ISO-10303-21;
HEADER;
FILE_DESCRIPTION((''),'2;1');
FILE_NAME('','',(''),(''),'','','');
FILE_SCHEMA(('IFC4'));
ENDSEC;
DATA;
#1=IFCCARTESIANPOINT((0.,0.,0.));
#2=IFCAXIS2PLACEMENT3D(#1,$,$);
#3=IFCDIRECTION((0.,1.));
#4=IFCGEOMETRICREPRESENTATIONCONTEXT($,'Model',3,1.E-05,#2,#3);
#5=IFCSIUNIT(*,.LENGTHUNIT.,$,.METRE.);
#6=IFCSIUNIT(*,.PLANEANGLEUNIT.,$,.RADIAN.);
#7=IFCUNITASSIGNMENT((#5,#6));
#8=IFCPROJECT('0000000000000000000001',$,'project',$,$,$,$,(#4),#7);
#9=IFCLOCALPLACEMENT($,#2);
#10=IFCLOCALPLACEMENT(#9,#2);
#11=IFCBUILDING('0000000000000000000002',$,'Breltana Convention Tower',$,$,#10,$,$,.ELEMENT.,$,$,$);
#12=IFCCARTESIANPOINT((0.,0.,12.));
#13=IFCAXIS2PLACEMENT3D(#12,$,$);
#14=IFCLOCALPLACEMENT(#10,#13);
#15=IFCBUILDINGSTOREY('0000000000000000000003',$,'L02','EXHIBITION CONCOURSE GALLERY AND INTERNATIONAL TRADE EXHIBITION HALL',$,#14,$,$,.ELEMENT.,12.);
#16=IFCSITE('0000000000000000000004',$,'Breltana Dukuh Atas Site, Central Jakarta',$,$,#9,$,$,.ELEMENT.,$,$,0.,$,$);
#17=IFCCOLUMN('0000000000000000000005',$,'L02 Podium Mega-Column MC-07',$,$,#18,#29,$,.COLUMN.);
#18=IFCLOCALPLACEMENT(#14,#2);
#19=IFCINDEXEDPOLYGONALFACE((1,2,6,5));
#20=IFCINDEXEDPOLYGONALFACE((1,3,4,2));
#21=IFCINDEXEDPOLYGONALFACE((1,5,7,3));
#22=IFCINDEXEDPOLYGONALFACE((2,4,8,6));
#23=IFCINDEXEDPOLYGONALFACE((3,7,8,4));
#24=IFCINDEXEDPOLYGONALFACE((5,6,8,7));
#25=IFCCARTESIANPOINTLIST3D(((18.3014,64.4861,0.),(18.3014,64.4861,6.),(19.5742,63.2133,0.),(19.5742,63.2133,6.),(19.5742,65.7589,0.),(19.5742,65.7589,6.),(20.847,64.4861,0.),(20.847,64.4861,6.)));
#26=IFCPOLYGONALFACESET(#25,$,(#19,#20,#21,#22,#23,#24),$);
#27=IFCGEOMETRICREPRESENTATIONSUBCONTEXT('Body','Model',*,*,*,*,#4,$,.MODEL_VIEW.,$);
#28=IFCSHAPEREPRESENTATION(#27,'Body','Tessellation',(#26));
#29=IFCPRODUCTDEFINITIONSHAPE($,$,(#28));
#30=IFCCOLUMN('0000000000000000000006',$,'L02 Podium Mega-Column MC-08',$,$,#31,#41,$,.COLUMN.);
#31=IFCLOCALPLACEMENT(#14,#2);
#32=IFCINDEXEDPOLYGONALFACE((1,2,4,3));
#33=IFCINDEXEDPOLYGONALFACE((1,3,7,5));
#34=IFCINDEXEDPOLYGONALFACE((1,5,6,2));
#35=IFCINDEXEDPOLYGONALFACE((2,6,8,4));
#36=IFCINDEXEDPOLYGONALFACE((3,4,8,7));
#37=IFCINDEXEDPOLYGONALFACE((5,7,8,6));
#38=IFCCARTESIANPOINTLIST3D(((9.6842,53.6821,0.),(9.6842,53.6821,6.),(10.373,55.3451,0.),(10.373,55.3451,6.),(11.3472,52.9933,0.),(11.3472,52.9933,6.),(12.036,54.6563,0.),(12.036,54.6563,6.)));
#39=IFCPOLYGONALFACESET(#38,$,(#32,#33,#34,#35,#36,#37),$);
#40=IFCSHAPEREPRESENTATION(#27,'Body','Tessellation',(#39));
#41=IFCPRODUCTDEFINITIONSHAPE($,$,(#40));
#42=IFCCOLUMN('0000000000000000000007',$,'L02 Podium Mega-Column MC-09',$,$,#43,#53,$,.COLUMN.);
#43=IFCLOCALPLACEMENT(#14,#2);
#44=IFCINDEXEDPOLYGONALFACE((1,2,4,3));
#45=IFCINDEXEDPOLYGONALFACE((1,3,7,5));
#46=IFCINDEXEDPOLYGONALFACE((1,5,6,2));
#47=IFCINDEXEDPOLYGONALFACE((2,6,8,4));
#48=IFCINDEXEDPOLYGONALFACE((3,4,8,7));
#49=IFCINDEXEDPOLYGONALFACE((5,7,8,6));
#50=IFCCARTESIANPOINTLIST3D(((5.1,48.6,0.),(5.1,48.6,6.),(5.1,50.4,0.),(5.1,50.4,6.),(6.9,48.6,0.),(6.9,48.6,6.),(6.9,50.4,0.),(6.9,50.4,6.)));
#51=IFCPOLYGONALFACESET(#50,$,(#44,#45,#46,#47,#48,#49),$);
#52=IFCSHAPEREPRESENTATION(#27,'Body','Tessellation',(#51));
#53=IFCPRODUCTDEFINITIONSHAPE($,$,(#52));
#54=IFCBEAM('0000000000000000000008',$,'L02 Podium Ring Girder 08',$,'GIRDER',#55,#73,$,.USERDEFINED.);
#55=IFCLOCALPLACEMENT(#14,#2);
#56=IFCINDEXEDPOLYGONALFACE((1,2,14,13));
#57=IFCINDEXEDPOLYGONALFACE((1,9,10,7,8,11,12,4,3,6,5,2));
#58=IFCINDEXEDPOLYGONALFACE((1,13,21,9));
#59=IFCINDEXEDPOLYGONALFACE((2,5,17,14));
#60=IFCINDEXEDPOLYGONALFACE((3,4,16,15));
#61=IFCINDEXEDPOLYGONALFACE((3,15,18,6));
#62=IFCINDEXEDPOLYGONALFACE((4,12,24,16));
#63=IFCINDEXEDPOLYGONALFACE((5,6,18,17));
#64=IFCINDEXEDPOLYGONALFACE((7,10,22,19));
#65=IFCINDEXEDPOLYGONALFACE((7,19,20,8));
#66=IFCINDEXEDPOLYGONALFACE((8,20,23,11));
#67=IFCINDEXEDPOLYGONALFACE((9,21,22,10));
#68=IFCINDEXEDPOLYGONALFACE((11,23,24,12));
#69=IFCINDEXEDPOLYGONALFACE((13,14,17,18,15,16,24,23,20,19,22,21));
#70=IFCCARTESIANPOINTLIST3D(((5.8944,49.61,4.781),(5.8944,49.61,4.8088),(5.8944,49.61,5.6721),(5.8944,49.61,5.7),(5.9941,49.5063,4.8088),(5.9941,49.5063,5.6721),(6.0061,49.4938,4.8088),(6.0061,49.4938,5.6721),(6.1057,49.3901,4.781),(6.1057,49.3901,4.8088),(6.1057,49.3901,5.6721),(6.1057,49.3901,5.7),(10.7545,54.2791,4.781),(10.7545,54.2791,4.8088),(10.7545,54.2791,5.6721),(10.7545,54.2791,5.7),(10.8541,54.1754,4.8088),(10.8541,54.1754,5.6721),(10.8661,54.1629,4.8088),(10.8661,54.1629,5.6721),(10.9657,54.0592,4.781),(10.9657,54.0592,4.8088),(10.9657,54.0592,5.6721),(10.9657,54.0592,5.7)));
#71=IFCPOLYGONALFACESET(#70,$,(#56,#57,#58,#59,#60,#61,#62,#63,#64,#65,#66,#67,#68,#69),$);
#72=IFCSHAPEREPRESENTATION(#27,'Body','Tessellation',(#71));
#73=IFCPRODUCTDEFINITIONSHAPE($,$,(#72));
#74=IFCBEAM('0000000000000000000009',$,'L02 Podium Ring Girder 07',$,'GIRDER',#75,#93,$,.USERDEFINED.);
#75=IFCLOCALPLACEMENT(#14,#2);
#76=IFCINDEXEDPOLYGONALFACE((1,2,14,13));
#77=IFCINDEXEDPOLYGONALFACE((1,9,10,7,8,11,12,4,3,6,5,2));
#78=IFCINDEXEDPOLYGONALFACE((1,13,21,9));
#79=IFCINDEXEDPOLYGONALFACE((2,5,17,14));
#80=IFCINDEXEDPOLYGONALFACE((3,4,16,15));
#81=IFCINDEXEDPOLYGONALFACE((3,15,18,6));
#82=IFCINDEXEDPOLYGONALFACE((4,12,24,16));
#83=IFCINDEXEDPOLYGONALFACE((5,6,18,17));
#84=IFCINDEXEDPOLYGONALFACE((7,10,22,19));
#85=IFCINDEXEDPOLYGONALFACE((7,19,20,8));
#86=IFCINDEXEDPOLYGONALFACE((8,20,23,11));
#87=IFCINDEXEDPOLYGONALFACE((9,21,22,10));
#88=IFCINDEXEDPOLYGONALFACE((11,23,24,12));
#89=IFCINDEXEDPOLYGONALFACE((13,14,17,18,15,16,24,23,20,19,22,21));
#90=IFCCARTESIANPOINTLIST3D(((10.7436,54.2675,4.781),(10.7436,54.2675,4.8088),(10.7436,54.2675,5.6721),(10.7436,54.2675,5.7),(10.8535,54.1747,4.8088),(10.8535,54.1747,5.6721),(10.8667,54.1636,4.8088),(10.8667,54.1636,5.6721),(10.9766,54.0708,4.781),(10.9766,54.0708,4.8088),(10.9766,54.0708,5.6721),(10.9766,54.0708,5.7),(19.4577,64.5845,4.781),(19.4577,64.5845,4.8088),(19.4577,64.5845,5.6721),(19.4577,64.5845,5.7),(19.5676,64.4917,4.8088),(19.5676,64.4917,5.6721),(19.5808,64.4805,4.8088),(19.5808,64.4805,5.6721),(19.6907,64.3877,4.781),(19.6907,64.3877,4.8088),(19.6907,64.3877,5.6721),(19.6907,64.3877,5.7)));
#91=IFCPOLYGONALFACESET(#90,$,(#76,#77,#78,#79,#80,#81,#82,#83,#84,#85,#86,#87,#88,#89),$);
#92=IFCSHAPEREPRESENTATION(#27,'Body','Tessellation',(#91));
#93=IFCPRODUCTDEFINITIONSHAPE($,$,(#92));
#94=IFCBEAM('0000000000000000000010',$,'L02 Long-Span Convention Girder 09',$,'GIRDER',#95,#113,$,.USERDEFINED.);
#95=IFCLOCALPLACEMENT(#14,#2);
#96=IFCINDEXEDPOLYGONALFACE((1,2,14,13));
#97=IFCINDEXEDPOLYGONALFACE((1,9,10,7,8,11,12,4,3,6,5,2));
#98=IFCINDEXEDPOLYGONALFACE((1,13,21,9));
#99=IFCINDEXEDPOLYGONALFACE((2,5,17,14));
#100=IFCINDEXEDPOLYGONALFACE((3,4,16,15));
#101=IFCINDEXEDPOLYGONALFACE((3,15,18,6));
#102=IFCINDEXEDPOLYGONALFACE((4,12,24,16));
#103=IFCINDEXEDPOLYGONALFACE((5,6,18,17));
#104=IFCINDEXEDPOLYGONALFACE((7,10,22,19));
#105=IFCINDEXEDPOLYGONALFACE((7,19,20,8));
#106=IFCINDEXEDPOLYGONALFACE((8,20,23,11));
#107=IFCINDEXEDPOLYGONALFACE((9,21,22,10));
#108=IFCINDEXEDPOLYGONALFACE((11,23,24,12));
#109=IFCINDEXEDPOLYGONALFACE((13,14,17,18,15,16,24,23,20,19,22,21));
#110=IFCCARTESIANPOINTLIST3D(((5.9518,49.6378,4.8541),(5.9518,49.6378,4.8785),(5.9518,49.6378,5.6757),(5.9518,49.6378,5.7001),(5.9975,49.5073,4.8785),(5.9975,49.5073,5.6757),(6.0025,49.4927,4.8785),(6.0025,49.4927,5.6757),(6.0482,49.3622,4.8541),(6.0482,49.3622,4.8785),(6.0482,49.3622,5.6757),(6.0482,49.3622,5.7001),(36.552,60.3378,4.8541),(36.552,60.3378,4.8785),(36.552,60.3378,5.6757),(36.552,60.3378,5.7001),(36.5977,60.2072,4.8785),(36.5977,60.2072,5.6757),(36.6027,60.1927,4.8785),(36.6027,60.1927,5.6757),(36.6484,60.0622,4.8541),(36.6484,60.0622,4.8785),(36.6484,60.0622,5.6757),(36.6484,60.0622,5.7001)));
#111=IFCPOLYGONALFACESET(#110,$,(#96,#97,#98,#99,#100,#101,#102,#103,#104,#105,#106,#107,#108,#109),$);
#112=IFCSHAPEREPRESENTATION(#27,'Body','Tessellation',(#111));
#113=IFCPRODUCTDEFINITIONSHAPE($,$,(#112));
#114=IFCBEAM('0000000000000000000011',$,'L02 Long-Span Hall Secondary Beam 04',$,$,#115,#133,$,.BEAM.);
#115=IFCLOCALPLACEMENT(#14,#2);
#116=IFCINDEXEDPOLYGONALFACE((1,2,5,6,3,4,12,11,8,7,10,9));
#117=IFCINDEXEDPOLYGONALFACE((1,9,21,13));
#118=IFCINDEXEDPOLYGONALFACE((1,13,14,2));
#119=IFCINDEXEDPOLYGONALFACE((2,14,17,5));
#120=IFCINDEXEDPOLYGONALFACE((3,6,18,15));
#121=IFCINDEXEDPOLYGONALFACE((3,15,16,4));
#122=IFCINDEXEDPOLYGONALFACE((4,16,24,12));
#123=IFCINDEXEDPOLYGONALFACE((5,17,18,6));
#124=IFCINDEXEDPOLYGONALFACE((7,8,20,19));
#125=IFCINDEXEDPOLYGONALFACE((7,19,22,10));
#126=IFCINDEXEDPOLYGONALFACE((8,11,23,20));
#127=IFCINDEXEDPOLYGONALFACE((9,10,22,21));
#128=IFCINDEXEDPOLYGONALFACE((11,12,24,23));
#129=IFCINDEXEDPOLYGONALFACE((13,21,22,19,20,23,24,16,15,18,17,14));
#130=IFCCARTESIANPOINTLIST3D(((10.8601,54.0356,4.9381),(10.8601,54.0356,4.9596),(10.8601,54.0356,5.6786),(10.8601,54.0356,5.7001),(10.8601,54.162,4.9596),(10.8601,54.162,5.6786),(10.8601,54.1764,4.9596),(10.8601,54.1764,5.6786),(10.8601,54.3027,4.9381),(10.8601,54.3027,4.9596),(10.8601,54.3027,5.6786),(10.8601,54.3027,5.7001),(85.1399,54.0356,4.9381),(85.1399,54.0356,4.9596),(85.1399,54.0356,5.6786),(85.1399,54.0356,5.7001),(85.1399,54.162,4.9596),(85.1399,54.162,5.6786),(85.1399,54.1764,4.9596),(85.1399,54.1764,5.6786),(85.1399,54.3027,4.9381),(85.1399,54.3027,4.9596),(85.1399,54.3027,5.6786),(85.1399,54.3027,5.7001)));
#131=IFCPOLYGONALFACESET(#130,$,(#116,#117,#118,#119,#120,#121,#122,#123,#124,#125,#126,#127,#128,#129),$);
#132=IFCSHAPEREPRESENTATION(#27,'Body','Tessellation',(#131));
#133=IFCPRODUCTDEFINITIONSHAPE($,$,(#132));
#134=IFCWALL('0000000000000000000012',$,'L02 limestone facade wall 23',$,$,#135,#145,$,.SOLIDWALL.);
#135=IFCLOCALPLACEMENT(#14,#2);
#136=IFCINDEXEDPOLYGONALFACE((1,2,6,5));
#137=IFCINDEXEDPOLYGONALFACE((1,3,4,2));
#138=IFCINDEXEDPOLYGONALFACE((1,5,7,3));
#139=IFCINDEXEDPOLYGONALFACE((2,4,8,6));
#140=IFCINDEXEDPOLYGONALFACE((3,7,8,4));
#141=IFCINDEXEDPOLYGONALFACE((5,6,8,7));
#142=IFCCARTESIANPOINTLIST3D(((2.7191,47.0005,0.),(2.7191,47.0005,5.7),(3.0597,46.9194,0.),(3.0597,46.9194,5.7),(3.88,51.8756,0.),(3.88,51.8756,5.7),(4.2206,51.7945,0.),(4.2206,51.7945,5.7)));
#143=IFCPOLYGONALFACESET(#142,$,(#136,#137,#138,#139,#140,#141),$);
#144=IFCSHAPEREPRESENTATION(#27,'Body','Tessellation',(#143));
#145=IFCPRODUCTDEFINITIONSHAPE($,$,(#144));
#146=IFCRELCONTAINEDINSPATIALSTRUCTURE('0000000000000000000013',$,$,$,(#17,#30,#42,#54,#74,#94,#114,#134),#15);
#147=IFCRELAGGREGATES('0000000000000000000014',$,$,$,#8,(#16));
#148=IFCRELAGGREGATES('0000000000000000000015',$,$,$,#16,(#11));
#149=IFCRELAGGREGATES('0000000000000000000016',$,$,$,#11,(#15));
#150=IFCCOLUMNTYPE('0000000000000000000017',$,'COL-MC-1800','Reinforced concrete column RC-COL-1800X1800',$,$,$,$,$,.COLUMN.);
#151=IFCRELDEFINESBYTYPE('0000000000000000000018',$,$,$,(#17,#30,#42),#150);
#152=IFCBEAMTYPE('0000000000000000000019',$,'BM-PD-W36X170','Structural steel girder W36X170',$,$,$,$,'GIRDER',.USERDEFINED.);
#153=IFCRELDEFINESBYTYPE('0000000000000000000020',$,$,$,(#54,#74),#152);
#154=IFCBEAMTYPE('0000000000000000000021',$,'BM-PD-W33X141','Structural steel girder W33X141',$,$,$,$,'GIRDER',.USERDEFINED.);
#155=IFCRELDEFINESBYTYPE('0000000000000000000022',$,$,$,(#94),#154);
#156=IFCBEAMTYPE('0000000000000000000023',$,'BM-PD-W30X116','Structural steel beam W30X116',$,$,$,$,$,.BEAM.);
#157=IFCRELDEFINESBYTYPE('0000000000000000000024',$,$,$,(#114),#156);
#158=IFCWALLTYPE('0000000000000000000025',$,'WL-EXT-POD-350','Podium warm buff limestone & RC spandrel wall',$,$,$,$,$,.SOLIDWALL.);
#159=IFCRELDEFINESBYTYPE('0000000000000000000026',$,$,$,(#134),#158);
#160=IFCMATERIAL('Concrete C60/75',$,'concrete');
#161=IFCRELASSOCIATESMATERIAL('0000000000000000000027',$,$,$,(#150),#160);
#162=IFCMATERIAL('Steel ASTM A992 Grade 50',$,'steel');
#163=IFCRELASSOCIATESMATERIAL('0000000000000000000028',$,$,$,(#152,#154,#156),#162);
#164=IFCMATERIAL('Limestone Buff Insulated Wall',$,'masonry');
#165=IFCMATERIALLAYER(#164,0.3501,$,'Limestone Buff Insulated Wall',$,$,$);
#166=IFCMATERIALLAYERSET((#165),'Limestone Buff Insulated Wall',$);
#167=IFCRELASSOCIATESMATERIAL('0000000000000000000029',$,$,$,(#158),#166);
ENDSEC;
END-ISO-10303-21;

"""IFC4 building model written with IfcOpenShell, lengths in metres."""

from ifc_helpers import new_model, si_unit, direction, frame, frame_2d, origin, origin_2d, place, context, subcontext, project, spatial, rectangle, i_section, extrude, source, transform, mapped, material, layer, layer_set, material_profile, profile_set, type_object, type_shapes, element, save


model = new_model("IFC4")

# Units and contexts
model_context = context("Model", 3, precision=1e-05, world=origin(), true_north=direction((0.0, 1.0)))
body_context = subcontext(model_context, "Body", "Model", "MODEL_VIEW")
ifc_project = project(units=[si_unit("LENGTHUNIT", "METRE"), si_unit("PLANEANGLEUNIT", "RADIAN")], contexts=[model_context])

# Site, building, storey
site_placement = place(None, origin())
site = spatial("IfcSite", under=ifc_project, at=site_placement, Name="Breltana Dukuh Atas Site, Central Jakarta", CompositionType="ELEMENT", RefElevation=0.0)
building_placement = place(site_placement, origin())
building = spatial("IfcBuilding", under=site, at=building_placement, Name="Breltana Convention Tower", CompositionType="ELEMENT")
storey_placement = place(building_placement, frame((0.0, 0.0, 12.0)))
storey = spatial("IfcBuildingStorey", under=building, at=storey_placement, Name="L02", Description="EXHIBITION CONCOURSE GALLERY AND INTERNATIONAL TRADE EXHIBITION HALL", CompositionType="ELEMENT", Elevation=12.0)

# Columns
ifc_material_1 = material(Name="Concrete C60/75", Category="concrete")
ifc_material_profile_1 = material_profile(ifc_material_1, rectangle(XDim=1.8, YDim=1.8, at=origin_2d()), Name="RC-COL-1800X1800")
ifc_profile_set_1 = profile_set([ifc_material_profile_1], Name="Concrete C60/75")
column_type = type_object("IfcColumnType", Name="COL-MC-1800", Description="Reinforced concrete column RC-COL-1800X1800", PredefinedType="COLUMN", material=ifc_profile_set_1)
shared_shape_1 = source(origin(), body_context, "Body", "SweptSolid", [
    extrude(rectangle(XDim=1.8, YDim=1.8, at=origin_2d()), origin(), (0.0, 0.0, 1.0), 6.0),
])
type_shapes(column_type, [shared_shape_1])
for number, where, z_axis, x_axis, name in (
    (1, (19.5742, 64.4861, 0.0), (0.0, 0.0, 1.0), (-0.707107, 0.707107, 0.0), "L02 Podium Mega-Column MC-07"),
    (2, (10.8601, 54.1692, 0.0), (0.0, 0.0, 1.0), (-0.92388, 0.382683, 0.0), "L02 Podium Mega-Column MC-08"),
    (3, (6.0, 49.5, 0.0), (0.0, 0.0, 1.0), (-1.0, 0.0, 0.0), "L02 Podium Mega-Column MC-09"),
):
    element("IfcColumn", number, at=place(storey_placement, frame(where, z_axis=z_axis, x_axis=x_axis)), inside=storey, type_object=column_type, Name=name, PredefinedType="COLUMN", context=body_context, shape_type="MappedRepresentation", body=[
        mapped(shared_shape_1, transform((0.0, 0.0, 0.0), scale=1.0)),
    ])

# Beams
ifc_material_2 = material(Name="Steel ASTM A992 Grade 50", Category="steel")
ifc_material_profile_2 = material_profile(ifc_material_2, i_section(OverallWidth=0.3049, OverallDepth=0.9189, WebThickness=0.0173, FlangeThickness=0.0278, at=origin_2d()), Name="W36X170")
ifc_profile_set_2 = profile_set([ifc_material_profile_2], Name="Steel ASTM A992 Grade 50")
beam_type_1 = type_object("IfcBeamType", Name="BM-PD-W36X170", Description="Structural steel girder W36X170", ElementType="GIRDER", PredefinedType="USERDEFINED", material=ifc_profile_set_2)
shared_shape_2 = source(origin(), body_context, "Body", "SweptSolid", [
    extrude(i_section(OverallWidth=0.3049, OverallDepth=0.9189, WebThickness=0.0173, FlangeThickness=0.0278, at=origin_2d()), origin(), (0.0, 0.0, 1.0), 6.7395),
])
type_shapes(beam_type_1, [shared_shape_2])
beam_1_placement = place(storey_placement, frame((10.8601, 54.1692, 5.2405), z_axis=(-0.721129, -0.692801, 0.0), x_axis=(0.692801, -0.721129, 0.0)))
element("IfcBeam", 4, at=beam_1_placement, inside=storey, type_object=beam_type_1, Name="L02 Podium Ring Girder 08", ObjectType="GIRDER", PredefinedType="USERDEFINED", context=body_context, shape_type="MappedRepresentation", body=[
    mapped(shared_shape_2, transform((0.0, 0.0, 0.0), scale=1.0)),
])
shared_shape_3 = source(origin(), body_context, "Body", "SweptSolid", [
    extrude(i_section(OverallWidth=0.3049, OverallDepth=0.9189, WebThickness=0.0173, FlangeThickness=0.0278, at=origin_2d()), origin(), (0.0, 0.0, 1.0), 13.5046),
])
beam_2_placement = place(storey_placement, frame((19.5742, 64.4861, 5.2405), z_axis=(-0.64527, -0.763954, 0.0), x_axis=(0.763954, -0.64527, 0.0)))
element("IfcBeam", 5, at=beam_2_placement, inside=storey, type_object=beam_type_1, Name="L02 Podium Ring Girder 07", ObjectType="GIRDER", PredefinedType="USERDEFINED", context=body_context, shape_type="MappedRepresentation", body=[
    mapped(shared_shape_3, transform((0.0, 0.0, 0.0), scale=1.0)),
])
ifc_material_profile_3 = material_profile(ifc_material_2, i_section(OverallWidth=0.292, OverallDepth=0.8459, WebThickness=0.0154, FlangeThickness=0.0244, at=origin_2d()), Name="W33X141")
ifc_profile_set_3 = profile_set([ifc_material_profile_3], Name="Steel ASTM A992 Grade 50")
beam_type_2 = type_object("IfcBeamType", Name="BM-PD-W33X141", Description="Structural steel girder W33X141", ElementType="GIRDER", PredefinedType="USERDEFINED", material=ifc_profile_set_3)
shared_shape_4 = source(origin(), body_context, "Body", "SweptSolid", [
    extrude(i_section(OverallWidth=0.292, OverallDepth=0.8459, WebThickness=0.0154, FlangeThickness=0.0244, at=origin_2d()), origin(), (0.0, 0.0, 1.0), 32.417),
])
type_shapes(beam_type_2, [shared_shape_4])
beam_3_placement = place(storey_placement, frame((6.0, 49.5, 5.2771), z_axis=(0.943955, 0.330073, 0.0), x_axis=(-0.330073, 0.943955, 0.0)))
element("IfcBeam", 6, at=beam_3_placement, inside=storey, type_object=beam_type_2, Name="L02 Long-Span Convention Girder 09", ObjectType="GIRDER", PredefinedType="USERDEFINED", context=body_context, shape_type="MappedRepresentation", body=[
    mapped(shared_shape_4, transform((0.0, 0.0, 0.0), scale=1.0)),
])
ifc_material_profile_4 = material_profile(ifc_material_2, i_section(OverallWidth=0.2671, OverallDepth=0.762, WebThickness=0.0144, FlangeThickness=0.0215, at=origin_2d()), Name="W30X116")
ifc_profile_set_4 = profile_set([ifc_material_profile_4], Name="Steel ASTM A992 Grade 50")
beam_type_3 = type_object("IfcBeamType", Name="BM-PD-W30X116", Description="Structural steel beam W30X116", PredefinedType="BEAM", material=ifc_profile_set_4)
shared_shape_5 = source(origin(), body_context, "Body", "SweptSolid", [
    extrude(i_section(OverallWidth=0.2671, OverallDepth=0.762, WebThickness=0.0144, FlangeThickness=0.0215, at=origin_2d()), origin(), (0.0, 0.0, 1.0), 74.2798),
])
type_shapes(beam_type_3, [shared_shape_5])
beam_4_placement = place(storey_placement, frame((10.8601, 54.1692, 5.3191), z_axis=(1.0, 0.0, 0.0), x_axis=(0.0, 1.0, 0.0)))
element("IfcBeam", 7, at=beam_4_placement, inside=storey, type_object=beam_type_3, Name="L02 Long-Span Hall Secondary Beam 04", PredefinedType="BEAM", context=body_context, shape_type="MappedRepresentation", body=[
    mapped(shared_shape_5, transform((0.0, 0.0, 0.0), scale=1.0)),
])

# Wall
ifc_material_3 = material(Name="Limestone Buff Insulated Wall", Category="masonry")
ifc_layer_1 = layer(ifc_material_3, 0.3501, Name="Limestone Buff Insulated Wall")
ifc_layer_set_1 = layer_set([ifc_layer_1], Name="Limestone Buff Insulated Wall")
wall_type_1 = type_object("IfcWallType", Name="WL-EXT-POD-350", Description="Podium warm buff limestone & RC spandrel wall", PredefinedType="SOLIDWALL", material=ifc_layer_set_1)
shared_shape_6 = source(origin(), body_context, "Body", "SweptSolid", [
    extrude(rectangle(XDim=5.0115, YDim=0.3501, at=frame_2d((2.5059, 0.0))), origin(), (0.0, 0.0, 1.0), 5.7),
])
wall_1_placement = place(storey_placement, frame((4.0503, 51.8352, 0.0), z_axis=(0.0, 0.0, 1.0), x_axis=(-0.231642, -0.972801, 0.0)))
element("IfcWall", 8, at=wall_1_placement, inside=storey, type_object=wall_type_1, Name="L02 limestone facade wall 23", PredefinedType="SOLIDWALL", context=body_context, shape_type="MappedRepresentation", body=[
    mapped(shared_shape_6, transform((0.0, 0.0, 0.0), scale=1.0)),
])

save(model, "model.ifc")
